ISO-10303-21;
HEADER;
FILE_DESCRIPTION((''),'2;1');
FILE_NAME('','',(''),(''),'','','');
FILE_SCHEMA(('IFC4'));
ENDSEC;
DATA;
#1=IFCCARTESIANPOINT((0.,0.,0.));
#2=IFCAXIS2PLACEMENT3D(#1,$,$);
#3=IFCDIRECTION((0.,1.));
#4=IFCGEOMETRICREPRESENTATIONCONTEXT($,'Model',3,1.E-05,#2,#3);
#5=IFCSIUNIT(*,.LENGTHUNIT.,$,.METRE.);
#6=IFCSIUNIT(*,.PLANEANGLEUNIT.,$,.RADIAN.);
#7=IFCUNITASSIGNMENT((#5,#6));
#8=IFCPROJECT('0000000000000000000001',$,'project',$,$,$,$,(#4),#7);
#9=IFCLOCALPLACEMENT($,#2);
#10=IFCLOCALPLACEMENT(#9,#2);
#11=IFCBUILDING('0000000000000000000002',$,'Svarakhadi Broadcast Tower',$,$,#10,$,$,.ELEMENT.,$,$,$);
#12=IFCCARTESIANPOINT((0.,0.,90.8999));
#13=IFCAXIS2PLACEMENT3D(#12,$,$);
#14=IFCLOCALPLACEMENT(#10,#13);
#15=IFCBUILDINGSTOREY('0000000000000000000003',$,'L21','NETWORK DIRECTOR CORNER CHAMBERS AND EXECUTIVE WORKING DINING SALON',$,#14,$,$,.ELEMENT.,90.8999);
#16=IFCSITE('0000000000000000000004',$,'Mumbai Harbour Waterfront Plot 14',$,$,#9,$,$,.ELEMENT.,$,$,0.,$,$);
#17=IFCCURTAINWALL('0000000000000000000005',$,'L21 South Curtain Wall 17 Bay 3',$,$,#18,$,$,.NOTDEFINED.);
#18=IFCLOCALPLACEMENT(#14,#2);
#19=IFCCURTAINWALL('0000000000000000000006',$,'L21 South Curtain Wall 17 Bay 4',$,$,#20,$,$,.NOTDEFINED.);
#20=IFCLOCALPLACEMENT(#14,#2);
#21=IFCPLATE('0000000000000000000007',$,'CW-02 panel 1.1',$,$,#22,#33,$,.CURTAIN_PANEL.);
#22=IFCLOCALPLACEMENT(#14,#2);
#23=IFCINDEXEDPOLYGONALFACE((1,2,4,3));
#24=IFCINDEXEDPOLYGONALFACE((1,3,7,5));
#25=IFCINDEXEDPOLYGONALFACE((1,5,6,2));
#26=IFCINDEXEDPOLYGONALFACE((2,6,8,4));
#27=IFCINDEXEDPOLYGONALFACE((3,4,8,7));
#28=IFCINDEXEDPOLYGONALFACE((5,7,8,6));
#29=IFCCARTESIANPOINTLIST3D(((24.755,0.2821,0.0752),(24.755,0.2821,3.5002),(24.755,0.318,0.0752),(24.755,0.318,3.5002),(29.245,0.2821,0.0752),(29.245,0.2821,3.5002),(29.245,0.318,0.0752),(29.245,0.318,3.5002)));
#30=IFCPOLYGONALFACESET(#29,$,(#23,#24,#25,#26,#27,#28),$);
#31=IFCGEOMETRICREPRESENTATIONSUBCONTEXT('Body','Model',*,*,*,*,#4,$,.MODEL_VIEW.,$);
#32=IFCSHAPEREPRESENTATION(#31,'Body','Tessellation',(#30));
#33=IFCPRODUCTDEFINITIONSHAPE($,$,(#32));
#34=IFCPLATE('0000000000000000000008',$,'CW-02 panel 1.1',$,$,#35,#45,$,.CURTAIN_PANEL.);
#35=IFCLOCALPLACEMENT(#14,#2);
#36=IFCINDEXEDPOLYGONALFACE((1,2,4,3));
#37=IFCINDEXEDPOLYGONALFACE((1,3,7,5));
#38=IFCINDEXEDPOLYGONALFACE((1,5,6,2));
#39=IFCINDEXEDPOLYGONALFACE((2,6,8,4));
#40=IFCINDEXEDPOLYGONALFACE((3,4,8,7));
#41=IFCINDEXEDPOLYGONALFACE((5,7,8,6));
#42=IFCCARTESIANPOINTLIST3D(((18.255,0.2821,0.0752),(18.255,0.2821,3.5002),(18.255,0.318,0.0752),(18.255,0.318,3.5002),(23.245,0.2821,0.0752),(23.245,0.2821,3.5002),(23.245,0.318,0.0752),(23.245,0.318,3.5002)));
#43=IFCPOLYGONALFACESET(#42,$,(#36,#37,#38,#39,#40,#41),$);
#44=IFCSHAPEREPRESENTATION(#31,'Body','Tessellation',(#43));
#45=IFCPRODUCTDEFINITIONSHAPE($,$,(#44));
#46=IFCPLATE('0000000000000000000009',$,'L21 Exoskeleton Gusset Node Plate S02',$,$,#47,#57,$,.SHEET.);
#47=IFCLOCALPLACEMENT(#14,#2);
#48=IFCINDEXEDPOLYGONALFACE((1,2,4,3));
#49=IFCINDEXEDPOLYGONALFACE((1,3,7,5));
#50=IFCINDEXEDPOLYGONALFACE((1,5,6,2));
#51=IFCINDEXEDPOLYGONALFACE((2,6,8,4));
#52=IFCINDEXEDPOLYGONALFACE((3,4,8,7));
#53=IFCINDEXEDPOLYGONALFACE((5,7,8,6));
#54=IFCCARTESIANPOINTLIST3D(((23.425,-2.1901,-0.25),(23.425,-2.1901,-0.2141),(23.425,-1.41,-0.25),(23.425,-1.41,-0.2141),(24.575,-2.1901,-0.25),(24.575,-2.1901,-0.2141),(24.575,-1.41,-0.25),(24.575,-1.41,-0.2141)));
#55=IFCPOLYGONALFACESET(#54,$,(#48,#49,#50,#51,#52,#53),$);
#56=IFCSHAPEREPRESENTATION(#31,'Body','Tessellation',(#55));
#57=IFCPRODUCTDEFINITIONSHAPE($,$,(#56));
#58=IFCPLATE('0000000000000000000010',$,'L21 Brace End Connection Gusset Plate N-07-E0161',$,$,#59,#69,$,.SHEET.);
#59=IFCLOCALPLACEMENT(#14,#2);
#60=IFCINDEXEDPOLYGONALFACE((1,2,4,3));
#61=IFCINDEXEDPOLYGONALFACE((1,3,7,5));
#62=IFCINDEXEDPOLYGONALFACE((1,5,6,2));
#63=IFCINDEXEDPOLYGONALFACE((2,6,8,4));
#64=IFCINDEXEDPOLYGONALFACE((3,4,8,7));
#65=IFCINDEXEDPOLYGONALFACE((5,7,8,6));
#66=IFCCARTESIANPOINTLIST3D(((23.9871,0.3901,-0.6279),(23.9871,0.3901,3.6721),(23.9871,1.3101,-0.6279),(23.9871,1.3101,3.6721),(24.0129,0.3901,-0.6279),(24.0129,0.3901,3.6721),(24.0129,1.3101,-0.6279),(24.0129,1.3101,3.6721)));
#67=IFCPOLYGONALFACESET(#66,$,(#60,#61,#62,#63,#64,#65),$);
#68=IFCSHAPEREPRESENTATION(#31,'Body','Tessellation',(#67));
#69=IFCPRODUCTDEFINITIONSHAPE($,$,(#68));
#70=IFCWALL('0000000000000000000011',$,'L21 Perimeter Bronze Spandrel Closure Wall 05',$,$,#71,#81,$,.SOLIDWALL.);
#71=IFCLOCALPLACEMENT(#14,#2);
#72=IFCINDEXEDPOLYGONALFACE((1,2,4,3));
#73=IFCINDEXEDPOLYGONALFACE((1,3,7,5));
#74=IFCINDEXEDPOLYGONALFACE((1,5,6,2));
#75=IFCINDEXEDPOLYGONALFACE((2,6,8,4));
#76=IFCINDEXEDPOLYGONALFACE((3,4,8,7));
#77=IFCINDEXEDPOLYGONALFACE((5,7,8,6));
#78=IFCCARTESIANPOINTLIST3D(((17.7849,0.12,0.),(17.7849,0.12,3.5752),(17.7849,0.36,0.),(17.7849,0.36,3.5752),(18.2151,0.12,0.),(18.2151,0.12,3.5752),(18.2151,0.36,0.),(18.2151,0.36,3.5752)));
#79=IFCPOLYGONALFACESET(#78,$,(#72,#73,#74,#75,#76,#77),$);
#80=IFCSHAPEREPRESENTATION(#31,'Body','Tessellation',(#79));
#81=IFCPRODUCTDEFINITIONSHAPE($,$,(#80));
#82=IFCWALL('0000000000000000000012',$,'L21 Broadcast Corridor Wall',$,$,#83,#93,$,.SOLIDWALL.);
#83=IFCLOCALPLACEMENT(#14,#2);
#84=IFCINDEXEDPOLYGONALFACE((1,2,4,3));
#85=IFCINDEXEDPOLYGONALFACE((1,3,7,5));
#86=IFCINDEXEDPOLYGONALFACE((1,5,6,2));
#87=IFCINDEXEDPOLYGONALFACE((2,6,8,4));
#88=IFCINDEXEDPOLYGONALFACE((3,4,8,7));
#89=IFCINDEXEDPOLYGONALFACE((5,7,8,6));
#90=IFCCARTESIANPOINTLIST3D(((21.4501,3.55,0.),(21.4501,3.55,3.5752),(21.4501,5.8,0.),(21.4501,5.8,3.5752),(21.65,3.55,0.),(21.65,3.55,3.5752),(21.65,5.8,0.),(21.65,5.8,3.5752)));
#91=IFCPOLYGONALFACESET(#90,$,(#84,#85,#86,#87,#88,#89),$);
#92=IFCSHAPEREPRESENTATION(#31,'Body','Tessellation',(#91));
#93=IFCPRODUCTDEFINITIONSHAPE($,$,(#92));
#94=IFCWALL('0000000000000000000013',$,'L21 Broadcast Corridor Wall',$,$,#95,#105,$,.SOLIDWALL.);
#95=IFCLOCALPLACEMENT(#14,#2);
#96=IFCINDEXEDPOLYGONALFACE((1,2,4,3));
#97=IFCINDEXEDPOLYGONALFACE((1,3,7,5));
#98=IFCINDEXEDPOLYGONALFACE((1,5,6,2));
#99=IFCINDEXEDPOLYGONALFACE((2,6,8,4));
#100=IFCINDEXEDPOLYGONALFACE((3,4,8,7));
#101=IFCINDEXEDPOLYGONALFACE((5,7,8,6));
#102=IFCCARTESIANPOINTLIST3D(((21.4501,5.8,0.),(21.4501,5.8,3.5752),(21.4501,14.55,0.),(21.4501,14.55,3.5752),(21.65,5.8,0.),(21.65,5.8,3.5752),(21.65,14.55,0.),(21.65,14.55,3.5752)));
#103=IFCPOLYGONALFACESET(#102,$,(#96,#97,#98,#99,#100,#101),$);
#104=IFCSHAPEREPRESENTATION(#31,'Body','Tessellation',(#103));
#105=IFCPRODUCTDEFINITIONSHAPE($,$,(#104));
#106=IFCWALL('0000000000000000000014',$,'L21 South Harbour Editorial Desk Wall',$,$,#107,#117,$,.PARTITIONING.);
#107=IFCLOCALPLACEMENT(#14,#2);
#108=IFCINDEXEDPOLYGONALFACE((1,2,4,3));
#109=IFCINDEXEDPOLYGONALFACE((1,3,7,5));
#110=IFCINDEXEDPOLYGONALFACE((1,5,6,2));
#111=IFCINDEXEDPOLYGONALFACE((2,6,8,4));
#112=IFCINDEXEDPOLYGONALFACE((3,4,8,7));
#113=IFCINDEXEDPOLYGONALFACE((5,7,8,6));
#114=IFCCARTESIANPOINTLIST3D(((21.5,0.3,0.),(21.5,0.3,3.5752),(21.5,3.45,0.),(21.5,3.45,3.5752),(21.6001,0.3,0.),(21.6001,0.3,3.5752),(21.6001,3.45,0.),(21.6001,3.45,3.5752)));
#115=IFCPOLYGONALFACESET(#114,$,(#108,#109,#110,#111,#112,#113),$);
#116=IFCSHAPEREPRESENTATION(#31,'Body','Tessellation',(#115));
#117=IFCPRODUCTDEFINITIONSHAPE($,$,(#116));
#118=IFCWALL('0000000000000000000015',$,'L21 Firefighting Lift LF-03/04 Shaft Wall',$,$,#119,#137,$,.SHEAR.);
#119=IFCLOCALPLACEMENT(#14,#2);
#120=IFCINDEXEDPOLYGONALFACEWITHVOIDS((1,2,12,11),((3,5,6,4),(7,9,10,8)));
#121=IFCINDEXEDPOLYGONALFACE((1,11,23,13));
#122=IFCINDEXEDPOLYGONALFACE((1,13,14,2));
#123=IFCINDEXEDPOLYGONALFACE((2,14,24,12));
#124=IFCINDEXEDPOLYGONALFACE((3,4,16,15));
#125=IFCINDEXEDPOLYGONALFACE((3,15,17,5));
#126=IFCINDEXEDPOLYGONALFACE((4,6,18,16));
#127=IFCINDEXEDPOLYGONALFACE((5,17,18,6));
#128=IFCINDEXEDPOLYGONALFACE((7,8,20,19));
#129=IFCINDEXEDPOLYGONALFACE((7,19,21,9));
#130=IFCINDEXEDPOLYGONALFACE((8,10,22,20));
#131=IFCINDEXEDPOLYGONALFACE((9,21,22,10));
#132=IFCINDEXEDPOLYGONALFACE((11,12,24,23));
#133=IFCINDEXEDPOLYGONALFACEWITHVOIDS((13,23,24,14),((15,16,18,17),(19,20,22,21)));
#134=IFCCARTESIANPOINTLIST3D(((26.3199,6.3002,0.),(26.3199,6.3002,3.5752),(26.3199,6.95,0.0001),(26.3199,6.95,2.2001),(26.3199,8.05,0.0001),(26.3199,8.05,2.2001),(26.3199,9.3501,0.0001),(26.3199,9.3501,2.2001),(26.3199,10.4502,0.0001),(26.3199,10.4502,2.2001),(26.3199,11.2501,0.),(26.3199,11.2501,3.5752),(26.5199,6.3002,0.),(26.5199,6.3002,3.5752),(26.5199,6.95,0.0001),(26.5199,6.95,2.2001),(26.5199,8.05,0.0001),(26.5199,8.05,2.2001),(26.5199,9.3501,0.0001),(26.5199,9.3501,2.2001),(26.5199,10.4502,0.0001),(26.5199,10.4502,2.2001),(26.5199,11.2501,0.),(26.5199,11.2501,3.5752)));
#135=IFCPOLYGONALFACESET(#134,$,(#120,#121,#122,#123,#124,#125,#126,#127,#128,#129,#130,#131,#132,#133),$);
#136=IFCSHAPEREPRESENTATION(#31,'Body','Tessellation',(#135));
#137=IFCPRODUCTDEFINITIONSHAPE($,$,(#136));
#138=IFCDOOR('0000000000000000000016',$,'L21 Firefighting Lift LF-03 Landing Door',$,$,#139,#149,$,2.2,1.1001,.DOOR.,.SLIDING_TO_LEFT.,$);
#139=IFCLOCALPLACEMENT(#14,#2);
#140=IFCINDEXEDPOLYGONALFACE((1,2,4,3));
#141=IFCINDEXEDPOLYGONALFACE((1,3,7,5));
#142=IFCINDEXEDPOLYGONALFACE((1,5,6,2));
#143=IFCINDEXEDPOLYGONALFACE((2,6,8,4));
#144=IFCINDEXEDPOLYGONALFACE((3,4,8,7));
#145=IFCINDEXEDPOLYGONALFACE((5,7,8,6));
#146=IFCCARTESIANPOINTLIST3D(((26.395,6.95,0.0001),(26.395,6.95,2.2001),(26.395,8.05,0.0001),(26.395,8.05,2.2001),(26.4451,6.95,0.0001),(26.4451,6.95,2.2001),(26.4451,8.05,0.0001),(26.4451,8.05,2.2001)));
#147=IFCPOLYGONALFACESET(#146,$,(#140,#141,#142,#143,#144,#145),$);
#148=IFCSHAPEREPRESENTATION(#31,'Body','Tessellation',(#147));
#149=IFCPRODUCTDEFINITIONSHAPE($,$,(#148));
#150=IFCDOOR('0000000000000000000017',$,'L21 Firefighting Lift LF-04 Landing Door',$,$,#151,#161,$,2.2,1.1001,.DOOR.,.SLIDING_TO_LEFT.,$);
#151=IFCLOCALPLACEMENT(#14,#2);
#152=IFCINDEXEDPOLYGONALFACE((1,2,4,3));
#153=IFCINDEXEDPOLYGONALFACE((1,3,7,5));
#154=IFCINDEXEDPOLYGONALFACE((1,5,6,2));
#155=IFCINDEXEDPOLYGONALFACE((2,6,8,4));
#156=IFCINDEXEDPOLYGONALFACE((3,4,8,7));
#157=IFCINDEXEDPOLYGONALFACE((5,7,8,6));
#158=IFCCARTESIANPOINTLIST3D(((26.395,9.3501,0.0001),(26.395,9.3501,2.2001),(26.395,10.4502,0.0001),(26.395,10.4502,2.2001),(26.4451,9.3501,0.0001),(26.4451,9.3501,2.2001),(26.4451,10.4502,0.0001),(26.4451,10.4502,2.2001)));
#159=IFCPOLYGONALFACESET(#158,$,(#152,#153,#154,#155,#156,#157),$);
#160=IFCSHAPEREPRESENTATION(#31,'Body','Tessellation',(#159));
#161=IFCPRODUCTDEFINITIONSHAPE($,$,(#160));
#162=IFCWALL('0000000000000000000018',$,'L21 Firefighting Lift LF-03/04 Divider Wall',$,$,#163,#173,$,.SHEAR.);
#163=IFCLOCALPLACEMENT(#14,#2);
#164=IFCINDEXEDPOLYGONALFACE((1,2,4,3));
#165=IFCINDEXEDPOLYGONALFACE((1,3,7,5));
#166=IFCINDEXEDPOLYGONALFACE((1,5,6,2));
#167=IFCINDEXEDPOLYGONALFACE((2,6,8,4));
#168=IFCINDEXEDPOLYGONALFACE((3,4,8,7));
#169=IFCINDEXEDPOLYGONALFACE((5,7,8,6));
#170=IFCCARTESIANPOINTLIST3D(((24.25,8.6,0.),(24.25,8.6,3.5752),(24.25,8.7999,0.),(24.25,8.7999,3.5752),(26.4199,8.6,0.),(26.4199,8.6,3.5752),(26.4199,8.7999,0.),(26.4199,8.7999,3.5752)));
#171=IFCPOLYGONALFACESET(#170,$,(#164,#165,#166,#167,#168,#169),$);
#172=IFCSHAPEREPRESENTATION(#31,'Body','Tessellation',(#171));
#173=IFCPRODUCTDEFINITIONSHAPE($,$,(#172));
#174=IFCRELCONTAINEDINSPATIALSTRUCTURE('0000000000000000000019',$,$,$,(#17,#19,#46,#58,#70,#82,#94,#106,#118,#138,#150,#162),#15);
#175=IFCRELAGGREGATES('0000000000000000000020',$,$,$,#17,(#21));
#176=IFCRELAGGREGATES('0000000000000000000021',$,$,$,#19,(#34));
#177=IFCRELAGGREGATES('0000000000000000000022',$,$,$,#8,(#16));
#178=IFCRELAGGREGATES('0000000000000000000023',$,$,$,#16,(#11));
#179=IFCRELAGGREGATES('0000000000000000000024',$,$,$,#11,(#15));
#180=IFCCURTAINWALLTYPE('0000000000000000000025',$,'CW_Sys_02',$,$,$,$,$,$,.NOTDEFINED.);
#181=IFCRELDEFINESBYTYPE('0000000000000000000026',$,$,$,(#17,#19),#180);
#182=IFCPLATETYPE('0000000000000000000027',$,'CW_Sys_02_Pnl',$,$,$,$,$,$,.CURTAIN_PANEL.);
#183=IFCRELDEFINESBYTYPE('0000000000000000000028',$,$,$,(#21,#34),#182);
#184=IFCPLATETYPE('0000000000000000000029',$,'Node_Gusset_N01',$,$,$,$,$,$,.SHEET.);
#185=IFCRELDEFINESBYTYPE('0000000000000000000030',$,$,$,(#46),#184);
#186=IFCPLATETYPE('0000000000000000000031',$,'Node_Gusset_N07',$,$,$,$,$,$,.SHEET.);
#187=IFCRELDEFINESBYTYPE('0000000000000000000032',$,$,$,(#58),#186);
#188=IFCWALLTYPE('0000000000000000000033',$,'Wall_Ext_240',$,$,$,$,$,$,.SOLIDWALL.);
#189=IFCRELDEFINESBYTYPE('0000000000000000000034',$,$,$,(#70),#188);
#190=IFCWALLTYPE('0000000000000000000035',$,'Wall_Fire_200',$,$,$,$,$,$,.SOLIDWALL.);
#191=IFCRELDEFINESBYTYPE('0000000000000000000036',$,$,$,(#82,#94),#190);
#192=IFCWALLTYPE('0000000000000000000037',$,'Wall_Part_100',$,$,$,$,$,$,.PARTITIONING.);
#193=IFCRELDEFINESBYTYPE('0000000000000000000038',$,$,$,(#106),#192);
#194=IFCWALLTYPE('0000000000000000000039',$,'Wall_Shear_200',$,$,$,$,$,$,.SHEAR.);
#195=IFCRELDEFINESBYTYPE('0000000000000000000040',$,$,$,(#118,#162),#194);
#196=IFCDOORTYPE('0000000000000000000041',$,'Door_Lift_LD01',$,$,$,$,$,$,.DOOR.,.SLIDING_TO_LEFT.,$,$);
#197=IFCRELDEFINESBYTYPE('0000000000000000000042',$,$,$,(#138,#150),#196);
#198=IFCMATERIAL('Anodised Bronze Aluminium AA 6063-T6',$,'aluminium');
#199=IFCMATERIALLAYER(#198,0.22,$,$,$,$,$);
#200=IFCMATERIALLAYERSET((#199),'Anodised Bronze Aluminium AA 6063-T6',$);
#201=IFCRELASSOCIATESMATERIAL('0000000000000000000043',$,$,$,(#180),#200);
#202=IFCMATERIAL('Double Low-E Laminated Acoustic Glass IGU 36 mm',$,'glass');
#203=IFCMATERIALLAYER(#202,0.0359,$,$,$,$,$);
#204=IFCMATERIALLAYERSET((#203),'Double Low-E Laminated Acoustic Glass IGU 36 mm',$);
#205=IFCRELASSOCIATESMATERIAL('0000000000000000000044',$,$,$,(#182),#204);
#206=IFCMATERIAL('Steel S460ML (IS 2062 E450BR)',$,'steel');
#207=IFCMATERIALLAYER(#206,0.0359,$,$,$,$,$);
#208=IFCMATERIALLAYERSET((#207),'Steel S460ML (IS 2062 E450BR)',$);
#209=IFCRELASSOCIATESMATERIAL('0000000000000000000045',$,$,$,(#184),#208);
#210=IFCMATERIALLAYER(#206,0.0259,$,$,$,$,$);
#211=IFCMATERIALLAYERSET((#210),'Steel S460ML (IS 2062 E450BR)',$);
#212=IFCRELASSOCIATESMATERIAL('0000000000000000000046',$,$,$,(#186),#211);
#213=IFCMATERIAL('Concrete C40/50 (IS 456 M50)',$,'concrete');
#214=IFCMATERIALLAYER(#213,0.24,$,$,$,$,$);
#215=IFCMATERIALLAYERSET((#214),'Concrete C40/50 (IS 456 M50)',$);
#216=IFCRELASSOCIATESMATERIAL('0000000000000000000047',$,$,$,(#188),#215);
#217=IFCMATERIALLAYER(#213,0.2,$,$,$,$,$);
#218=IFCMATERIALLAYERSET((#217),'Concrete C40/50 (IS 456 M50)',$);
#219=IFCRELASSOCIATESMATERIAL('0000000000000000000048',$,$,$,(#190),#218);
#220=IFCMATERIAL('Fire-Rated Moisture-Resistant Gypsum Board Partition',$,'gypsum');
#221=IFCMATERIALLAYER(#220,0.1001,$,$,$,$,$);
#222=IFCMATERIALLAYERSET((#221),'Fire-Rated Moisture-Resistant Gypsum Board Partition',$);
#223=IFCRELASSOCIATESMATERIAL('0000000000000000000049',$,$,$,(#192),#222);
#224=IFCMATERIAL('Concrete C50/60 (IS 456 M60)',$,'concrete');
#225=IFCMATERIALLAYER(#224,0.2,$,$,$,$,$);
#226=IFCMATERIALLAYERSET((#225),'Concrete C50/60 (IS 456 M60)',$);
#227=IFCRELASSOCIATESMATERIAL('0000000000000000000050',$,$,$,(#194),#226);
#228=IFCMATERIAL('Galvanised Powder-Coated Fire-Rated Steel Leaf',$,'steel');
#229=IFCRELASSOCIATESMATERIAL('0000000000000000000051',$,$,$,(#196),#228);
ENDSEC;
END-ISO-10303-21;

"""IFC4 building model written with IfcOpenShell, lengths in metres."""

from ifc_helpers import new_model, si_unit, direction, frame, frame_2d, origin, origin_2d, place, context, subcontext, project, spatial, rectangle, extrude, material, layer, layer_set, type_object, element, fill, aggregate, save


model = new_model("IFC4")

# Units and contexts
model_context = context("Model", 3, precision=1e-05, world=origin(), true_north=direction((0.0, 1.0)))
body_context = subcontext(model_context, "Body", "Model", "MODEL_VIEW")
ifc_project = project(units=[si_unit("LENGTHUNIT", "METRE"), si_unit("PLANEANGLEUNIT", "RADIAN")], contexts=[model_context])

# Site, building, storey
site_placement = place(None, origin())
site = spatial("IfcSite", under=ifc_project, at=site_placement, Name="Mumbai Harbour Waterfront Plot 14", CompositionType="ELEMENT", RefElevation=0.0)
building_placement = place(site_placement, origin())
building = spatial("IfcBuilding", under=site, at=building_placement, Name="Svarakhadi Broadcast Tower", CompositionType="ELEMENT")
storey_placement = place(building_placement, frame((0.0, 0.0, 90.8999)))
storey = spatial("IfcBuildingStorey", under=building, at=storey_placement, Name="L21", Description="NETWORK DIRECTOR CORNER CHAMBERS AND EXECUTIVE WORKING DINING SALON", CompositionType="ELEMENT", Elevation=90.8999)

# Curtain wall
ifc_material_1 = material(Name="Anodised Bronze Aluminium AA 6063-T6", Category="aluminium")
ifc_layer_1 = layer(ifc_material_1, 0.22)
ifc_layer_set_1 = layer_set([ifc_layer_1], Name="Anodised Bronze Aluminium AA 6063-T6")
curtain_wall_type = type_object("IfcCurtainWallType", Name="CW_Sys_02", PredefinedType="NOTDEFINED", material=ifc_layer_set_1)
curtain_wall_1_placement = place(storey_placement, origin())
curtain_wall_1 = element("IfcCurtainWall", 1, at=curtain_wall_1_placement, inside=storey, type_object=curtain_wall_type, Name="L21 South Curtain Wall 17 Bay 3", PredefinedType="NOTDEFINED")

# Curtain wall
curtain_wall_2_placement = place(storey_placement, origin())
curtain_wall_2 = element("IfcCurtainWall", 2, at=curtain_wall_2_placement, inside=storey, type_object=curtain_wall_type, Name="L21 South Curtain Wall 17 Bay 4", PredefinedType="NOTDEFINED")

# Shared definitions
ifc_material_2 = material(Name="Steel S460ML (IS 2062 E450BR)", Category="steel")

# Plates
ifc_material_3 = material(Name="Double Low-E Laminated Acoustic Glass IGU 36 mm", Category="glass")
ifc_layer_2 = layer(ifc_material_3, 0.0359)
ifc_layer_set_2 = layer_set([ifc_layer_2], Name="Double Low-E Laminated Acoustic Glass IGU 36 mm")
plate_type_1 = type_object("IfcPlateType", Name="CW_Sys_02_Pnl", PredefinedType="CURTAIN_PANEL", material=ifc_layer_set_2)
plate_1_placement = place(storey_placement, frame((27.0, 0.3, 0.0752), z_axis=(0.0, 0.0, 1.0), x_axis=(-1.0, 0.0, 0.0)))
plate_1 = element("IfcPlate", 3, at=plate_1_placement, type_object=plate_type_1, Name="CW-02 panel 1.1", PredefinedType="CURTAIN_PANEL", context=body_context, shape_type="SweptSolid", body=[
    extrude(rectangle(XDim=4.49, YDim=0.0359, at=origin_2d()), origin(), (0.0, 0.0, 1.0), 3.425),
])
aggregate(curtain_wall_1, [plate_1])
plate_2_placement = place(storey_placement, frame((20.75, 0.3, 0.0752), z_axis=(0.0, 0.0, 1.0), x_axis=(-1.0, 0.0, 0.0)))
plate_2 = element("IfcPlate", 4, at=plate_2_placement, type_object=plate_type_1, Name="CW-02 panel 1.1", PredefinedType="CURTAIN_PANEL", context=body_context, shape_type="SweptSolid", body=[
    extrude(rectangle(XDim=4.99, YDim=0.0359, at=origin_2d()), origin(), (0.0, 0.0, 1.0), 3.425),
])
aggregate(curtain_wall_2, [plate_2])

# Plates
ifc_layer_3 = layer(ifc_material_2, 0.0359)
ifc_layer_set_3 = layer_set([ifc_layer_3], Name="Steel S460ML (IS 2062 E450BR)")
plate_type_2 = type_object("IfcPlateType", Name="Node_Gusset_N01", PredefinedType="SHEET", material=ifc_layer_set_3)
plate_3_placement = place(storey_placement, frame((24.0, -1.8, -0.25), z_axis=(0.0, 0.0, 1.0), x_axis=(1.0, 0.0, 0.0)))
element("IfcPlate", 5, at=plate_3_placement, inside=storey, type_object=plate_type_2, Name="L21 Exoskeleton Gusset Node Plate S02", PredefinedType="SHEET", context=body_context, shape_type="SweptSolid", body=[
    extrude(rectangle(XDim=1.1499, YDim=0.78, at=origin_2d()), origin(), (0.0, 0.0, 1.0), 0.0359),
])
ifc_layer_4 = layer(ifc_material_2, 0.0259)
ifc_layer_set_4 = layer_set([ifc_layer_4], Name="Steel S460ML (IS 2062 E450BR)")
plate_type_3 = type_object("IfcPlateType", Name="Node_Gusset_N07", PredefinedType="SHEET", material=ifc_layer_set_4)
plate_4_placement = place(storey_placement, frame((24.0, 0.8501, -0.6279), z_axis=(0.0, 0.0, 1.0), x_axis=(0.0, 1.0, 0.0)))
element("IfcPlate", 6, at=plate_4_placement, inside=storey, type_object=plate_type_3, Name="L21 Brace End Connection Gusset Plate N-07-E0161", PredefinedType="SHEET", context=body_context, shape_type="SweptSolid", body=[
    extrude(rectangle(XDim=0.9199, YDim=0.0259, at=origin_2d()), origin(), (0.0, 0.0, 1.0), 4.3),
])

# Walls
ifc_material_4 = material(Name="Concrete C40/50 (IS 456 M50)", Category="concrete")
ifc_layer_5 = layer(ifc_material_4, 0.24)
ifc_layer_set_5 = layer_set([ifc_layer_5], Name="Concrete C40/50 (IS 456 M50)")
wall_type_1 = type_object("IfcWallType", Name="Wall_Ext_240", PredefinedType="SOLIDWALL", material=ifc_layer_set_5)
wall_1_placement = place(storey_placement, frame((18.2151, 0.24, 0.0), z_axis=(0.0, 0.0, 1.0), x_axis=(-1.0, 0.0, 0.0)))
element("IfcWall", 7, at=wall_1_placement, inside=storey, type_object=wall_type_1, Name="L21 Perimeter Bronze Spandrel Closure Wall 05", PredefinedType="SOLIDWALL", context=body_context, shape_type="SweptSolid", body=[
    extrude(rectangle(XDim=0.4302, YDim=0.24, at=frame_2d((0.2151, 0.0))), origin(), (0.0, 0.0, 1.0), 3.5752),
])
ifc_layer_6 = layer(ifc_material_4, 0.2)
ifc_layer_set_6 = layer_set([ifc_layer_6], Name="Concrete C40/50 (IS 456 M50)")
wall_type_2 = type_object("IfcWallType", Name="Wall_Fire_200", PredefinedType="SOLIDWALL", material=ifc_layer_set_6)
wall_2_placement = place(storey_placement, frame((21.55, 3.55, 0.0), z_axis=(0.0, 0.0, 1.0), x_axis=(0.0, 1.0, 0.0)))
element("IfcWall", 8, at=wall_2_placement, inside=storey, type_object=wall_type_2, Name="L21 Broadcast Corridor Wall", PredefinedType="SOLIDWALL", context=body_context, shape_type="SweptSolid", body=[
    extrude(rectangle(XDim=2.25, YDim=0.2, at=frame_2d((1.125, 0.0))), origin(), (0.0, 0.0, 1.0), 3.5752),
])
wall_3_placement = place(storey_placement, frame((21.55, 5.8, 0.0), z_axis=(0.0, 0.0, 1.0), x_axis=(0.0, 1.0, 0.0)))
element("IfcWall", 9, at=wall_3_placement, inside=storey, type_object=wall_type_2, Name="L21 Broadcast Corridor Wall", PredefinedType="SOLIDWALL", context=body_context, shape_type="SweptSolid", body=[
    extrude(rectangle(XDim=8.75, YDim=0.2, at=frame_2d((4.375, 0.0))), origin(), (0.0, 0.0, 1.0), 3.5752),
])
ifc_material_5 = material(Name="Fire-Rated Moisture-Resistant Gypsum Board Partition", Category="gypsum")
ifc_layer_7 = layer(ifc_material_5, 0.1001)
ifc_layer_set_7 = layer_set([ifc_layer_7], Name="Fire-Rated Moisture-Resistant Gypsum Board Partition")
wall_type_3 = type_object("IfcWallType", Name="Wall_Part_100", PredefinedType="PARTITIONING", material=ifc_layer_set_7)
wall_4_placement = place(storey_placement, frame((21.55, 0.3, 0.0), z_axis=(0.0, 0.0, 1.0), x_axis=(0.0, 1.0, 0.0)))
element("IfcWall", 10, at=wall_4_placement, inside=storey, type_object=wall_type_3, Name="L21 South Harbour Editorial Desk Wall", PredefinedType="PARTITIONING", context=body_context, shape_type="SweptSolid", body=[
    extrude(rectangle(XDim=3.1499, YDim=0.1001, at=frame_2d((1.575, 0.0))), origin(), (0.0, 0.0, 1.0), 3.5752),
])

# Wall, openings, doors
ifc_material_6 = material(Name="Concrete C50/60 (IS 456 M60)", Category="concrete")
ifc_layer_8 = layer(ifc_material_6, 0.2)
ifc_layer_set_8 = layer_set([ifc_layer_8], Name="Concrete C50/60 (IS 456 M60)")
wall_type_4 = type_object("IfcWallType", Name="Wall_Shear_200", PredefinedType="SHEAR", material=ifc_layer_set_8)
wall_5_placement = place(storey_placement, frame((26.4199, 6.3, 0.0), z_axis=(0.0, 0.0, 1.0), x_axis=(0.0, 1.0, 0.0)))
wall_5 = element("IfcWall", 11, at=wall_5_placement, inside=storey, type_object=wall_type_4, Name="L21 Firefighting Lift LF-03/04 Shaft Wall", PredefinedType="SHEAR", context=body_context, shape_type="SweptSolid", body=[
    extrude(rectangle(XDim=4.95, YDim=0.2, at=frame_2d((2.4751, 0.0))), origin(), (0.0, 0.0, 1.0), 3.5752),
])
opening_1_placement = place(wall_5_placement, frame((0.6499, 0.0, 0.0)))
opening_1 = element("IfcOpeningElement", 12, at=opening_1_placement, cuts=wall_5, PredefinedType="OPENING", context=body_context, shape_type="SweptSolid", body=[
    extrude(rectangle(XDim=1.1001, YDim=2.2, at=frame_2d((0.55, 1.1001))), frame((0.0, 0.1099, 0.0), z_axis=(0.0, -1.0, 0.0), x_axis=(1.0, 0.0, 0.0)), (0.0, 0.0, 1.0), 0.22),
])
opening_2_placement = place(wall_5_placement, frame((3.05, 0.0, 0.0)))
opening_2 = element("IfcOpeningElement", 13, at=opening_2_placement, cuts=wall_5, PredefinedType="OPENING", context=body_context, shape_type="SweptSolid", body=[
    extrude(rectangle(XDim=1.1001, YDim=2.2, at=frame_2d((0.55, 1.1001))), frame((0.0, 0.1099, 0.0), z_axis=(0.0, -1.0, 0.0), x_axis=(1.0, 0.0, 0.0)), (0.0, 0.0, 1.0), 0.22),
])
ifc_material_7 = material(Name="Galvanised Powder-Coated Fire-Rated Steel Leaf", Category="steel")
door_type_1 = type_object("IfcDoorType", Name="Door_Lift_LD01", OperationType="SLIDING_TO_LEFT", PredefinedType="DOOR", material=ifc_material_7)
door_1_placement = place(opening_1_placement, origin())
door_1 = element("IfcDoor", 14, at=door_1_placement, inside=storey, type_object=door_type_1, Name="L21 Firefighting Lift LF-03 Landing Door", OperationType="SLIDING_TO_LEFT", OverallHeight=2.2, OverallWidth=1.1001, PredefinedType="DOOR", context=body_context, shape_type="SweptSolid", body=[
    extrude(rectangle(XDim=1.1001, YDim=2.2, at=frame_2d((0.55, 1.1001))), frame((0.0, 0.0249, 0.0), z_axis=(0.0, -1.0, 0.0), x_axis=(1.0, 0.0, 0.0)), (0.0, 0.0, 1.0), 0.05),
])
fill(opening_1, door_1)
door_2_placement = place(opening_2_placement, origin())
door_2 = element("IfcDoor", 15, at=door_2_placement, inside=storey, type_object=door_type_1, Name="L21 Firefighting Lift LF-04 Landing Door", OperationType="SLIDING_TO_LEFT", OverallHeight=2.2, OverallWidth=1.1001, PredefinedType="DOOR", context=body_context, shape_type="SweptSolid", body=[
    extrude(rectangle(XDim=1.1001, YDim=2.2, at=frame_2d((0.55, 1.1001))), frame((0.0, 0.0249, 0.0), z_axis=(0.0, -1.0, 0.0), x_axis=(1.0, 0.0, 0.0)), (0.0, 0.0, 1.0), 0.05),
])
fill(opening_2, door_2)

# Wall
for number, where, z_axis, x_axis, name in (
    (16, (24.25, 8.7, 0.0), (0.0, 0.0, 1.0), (1.0, 0.0, 0.0), "L21 Firefighting Lift LF-03/04 Divider Wall"),
):
    element("IfcWall", number, at=place(storey_placement, frame(where, z_axis=z_axis, x_axis=x_axis)), inside=storey, type_object=wall_type_4, Name=name, PredefinedType="SHEAR", context=body_context, shape_type="SweptSolid", body=[
        extrude(rectangle(XDim=2.1699, YDim=0.2, at=frame_2d((1.085, 0.0))), origin(), (0.0, 0.0, 1.0), 3.5752),
    ])

save(model, "model.ifc")
